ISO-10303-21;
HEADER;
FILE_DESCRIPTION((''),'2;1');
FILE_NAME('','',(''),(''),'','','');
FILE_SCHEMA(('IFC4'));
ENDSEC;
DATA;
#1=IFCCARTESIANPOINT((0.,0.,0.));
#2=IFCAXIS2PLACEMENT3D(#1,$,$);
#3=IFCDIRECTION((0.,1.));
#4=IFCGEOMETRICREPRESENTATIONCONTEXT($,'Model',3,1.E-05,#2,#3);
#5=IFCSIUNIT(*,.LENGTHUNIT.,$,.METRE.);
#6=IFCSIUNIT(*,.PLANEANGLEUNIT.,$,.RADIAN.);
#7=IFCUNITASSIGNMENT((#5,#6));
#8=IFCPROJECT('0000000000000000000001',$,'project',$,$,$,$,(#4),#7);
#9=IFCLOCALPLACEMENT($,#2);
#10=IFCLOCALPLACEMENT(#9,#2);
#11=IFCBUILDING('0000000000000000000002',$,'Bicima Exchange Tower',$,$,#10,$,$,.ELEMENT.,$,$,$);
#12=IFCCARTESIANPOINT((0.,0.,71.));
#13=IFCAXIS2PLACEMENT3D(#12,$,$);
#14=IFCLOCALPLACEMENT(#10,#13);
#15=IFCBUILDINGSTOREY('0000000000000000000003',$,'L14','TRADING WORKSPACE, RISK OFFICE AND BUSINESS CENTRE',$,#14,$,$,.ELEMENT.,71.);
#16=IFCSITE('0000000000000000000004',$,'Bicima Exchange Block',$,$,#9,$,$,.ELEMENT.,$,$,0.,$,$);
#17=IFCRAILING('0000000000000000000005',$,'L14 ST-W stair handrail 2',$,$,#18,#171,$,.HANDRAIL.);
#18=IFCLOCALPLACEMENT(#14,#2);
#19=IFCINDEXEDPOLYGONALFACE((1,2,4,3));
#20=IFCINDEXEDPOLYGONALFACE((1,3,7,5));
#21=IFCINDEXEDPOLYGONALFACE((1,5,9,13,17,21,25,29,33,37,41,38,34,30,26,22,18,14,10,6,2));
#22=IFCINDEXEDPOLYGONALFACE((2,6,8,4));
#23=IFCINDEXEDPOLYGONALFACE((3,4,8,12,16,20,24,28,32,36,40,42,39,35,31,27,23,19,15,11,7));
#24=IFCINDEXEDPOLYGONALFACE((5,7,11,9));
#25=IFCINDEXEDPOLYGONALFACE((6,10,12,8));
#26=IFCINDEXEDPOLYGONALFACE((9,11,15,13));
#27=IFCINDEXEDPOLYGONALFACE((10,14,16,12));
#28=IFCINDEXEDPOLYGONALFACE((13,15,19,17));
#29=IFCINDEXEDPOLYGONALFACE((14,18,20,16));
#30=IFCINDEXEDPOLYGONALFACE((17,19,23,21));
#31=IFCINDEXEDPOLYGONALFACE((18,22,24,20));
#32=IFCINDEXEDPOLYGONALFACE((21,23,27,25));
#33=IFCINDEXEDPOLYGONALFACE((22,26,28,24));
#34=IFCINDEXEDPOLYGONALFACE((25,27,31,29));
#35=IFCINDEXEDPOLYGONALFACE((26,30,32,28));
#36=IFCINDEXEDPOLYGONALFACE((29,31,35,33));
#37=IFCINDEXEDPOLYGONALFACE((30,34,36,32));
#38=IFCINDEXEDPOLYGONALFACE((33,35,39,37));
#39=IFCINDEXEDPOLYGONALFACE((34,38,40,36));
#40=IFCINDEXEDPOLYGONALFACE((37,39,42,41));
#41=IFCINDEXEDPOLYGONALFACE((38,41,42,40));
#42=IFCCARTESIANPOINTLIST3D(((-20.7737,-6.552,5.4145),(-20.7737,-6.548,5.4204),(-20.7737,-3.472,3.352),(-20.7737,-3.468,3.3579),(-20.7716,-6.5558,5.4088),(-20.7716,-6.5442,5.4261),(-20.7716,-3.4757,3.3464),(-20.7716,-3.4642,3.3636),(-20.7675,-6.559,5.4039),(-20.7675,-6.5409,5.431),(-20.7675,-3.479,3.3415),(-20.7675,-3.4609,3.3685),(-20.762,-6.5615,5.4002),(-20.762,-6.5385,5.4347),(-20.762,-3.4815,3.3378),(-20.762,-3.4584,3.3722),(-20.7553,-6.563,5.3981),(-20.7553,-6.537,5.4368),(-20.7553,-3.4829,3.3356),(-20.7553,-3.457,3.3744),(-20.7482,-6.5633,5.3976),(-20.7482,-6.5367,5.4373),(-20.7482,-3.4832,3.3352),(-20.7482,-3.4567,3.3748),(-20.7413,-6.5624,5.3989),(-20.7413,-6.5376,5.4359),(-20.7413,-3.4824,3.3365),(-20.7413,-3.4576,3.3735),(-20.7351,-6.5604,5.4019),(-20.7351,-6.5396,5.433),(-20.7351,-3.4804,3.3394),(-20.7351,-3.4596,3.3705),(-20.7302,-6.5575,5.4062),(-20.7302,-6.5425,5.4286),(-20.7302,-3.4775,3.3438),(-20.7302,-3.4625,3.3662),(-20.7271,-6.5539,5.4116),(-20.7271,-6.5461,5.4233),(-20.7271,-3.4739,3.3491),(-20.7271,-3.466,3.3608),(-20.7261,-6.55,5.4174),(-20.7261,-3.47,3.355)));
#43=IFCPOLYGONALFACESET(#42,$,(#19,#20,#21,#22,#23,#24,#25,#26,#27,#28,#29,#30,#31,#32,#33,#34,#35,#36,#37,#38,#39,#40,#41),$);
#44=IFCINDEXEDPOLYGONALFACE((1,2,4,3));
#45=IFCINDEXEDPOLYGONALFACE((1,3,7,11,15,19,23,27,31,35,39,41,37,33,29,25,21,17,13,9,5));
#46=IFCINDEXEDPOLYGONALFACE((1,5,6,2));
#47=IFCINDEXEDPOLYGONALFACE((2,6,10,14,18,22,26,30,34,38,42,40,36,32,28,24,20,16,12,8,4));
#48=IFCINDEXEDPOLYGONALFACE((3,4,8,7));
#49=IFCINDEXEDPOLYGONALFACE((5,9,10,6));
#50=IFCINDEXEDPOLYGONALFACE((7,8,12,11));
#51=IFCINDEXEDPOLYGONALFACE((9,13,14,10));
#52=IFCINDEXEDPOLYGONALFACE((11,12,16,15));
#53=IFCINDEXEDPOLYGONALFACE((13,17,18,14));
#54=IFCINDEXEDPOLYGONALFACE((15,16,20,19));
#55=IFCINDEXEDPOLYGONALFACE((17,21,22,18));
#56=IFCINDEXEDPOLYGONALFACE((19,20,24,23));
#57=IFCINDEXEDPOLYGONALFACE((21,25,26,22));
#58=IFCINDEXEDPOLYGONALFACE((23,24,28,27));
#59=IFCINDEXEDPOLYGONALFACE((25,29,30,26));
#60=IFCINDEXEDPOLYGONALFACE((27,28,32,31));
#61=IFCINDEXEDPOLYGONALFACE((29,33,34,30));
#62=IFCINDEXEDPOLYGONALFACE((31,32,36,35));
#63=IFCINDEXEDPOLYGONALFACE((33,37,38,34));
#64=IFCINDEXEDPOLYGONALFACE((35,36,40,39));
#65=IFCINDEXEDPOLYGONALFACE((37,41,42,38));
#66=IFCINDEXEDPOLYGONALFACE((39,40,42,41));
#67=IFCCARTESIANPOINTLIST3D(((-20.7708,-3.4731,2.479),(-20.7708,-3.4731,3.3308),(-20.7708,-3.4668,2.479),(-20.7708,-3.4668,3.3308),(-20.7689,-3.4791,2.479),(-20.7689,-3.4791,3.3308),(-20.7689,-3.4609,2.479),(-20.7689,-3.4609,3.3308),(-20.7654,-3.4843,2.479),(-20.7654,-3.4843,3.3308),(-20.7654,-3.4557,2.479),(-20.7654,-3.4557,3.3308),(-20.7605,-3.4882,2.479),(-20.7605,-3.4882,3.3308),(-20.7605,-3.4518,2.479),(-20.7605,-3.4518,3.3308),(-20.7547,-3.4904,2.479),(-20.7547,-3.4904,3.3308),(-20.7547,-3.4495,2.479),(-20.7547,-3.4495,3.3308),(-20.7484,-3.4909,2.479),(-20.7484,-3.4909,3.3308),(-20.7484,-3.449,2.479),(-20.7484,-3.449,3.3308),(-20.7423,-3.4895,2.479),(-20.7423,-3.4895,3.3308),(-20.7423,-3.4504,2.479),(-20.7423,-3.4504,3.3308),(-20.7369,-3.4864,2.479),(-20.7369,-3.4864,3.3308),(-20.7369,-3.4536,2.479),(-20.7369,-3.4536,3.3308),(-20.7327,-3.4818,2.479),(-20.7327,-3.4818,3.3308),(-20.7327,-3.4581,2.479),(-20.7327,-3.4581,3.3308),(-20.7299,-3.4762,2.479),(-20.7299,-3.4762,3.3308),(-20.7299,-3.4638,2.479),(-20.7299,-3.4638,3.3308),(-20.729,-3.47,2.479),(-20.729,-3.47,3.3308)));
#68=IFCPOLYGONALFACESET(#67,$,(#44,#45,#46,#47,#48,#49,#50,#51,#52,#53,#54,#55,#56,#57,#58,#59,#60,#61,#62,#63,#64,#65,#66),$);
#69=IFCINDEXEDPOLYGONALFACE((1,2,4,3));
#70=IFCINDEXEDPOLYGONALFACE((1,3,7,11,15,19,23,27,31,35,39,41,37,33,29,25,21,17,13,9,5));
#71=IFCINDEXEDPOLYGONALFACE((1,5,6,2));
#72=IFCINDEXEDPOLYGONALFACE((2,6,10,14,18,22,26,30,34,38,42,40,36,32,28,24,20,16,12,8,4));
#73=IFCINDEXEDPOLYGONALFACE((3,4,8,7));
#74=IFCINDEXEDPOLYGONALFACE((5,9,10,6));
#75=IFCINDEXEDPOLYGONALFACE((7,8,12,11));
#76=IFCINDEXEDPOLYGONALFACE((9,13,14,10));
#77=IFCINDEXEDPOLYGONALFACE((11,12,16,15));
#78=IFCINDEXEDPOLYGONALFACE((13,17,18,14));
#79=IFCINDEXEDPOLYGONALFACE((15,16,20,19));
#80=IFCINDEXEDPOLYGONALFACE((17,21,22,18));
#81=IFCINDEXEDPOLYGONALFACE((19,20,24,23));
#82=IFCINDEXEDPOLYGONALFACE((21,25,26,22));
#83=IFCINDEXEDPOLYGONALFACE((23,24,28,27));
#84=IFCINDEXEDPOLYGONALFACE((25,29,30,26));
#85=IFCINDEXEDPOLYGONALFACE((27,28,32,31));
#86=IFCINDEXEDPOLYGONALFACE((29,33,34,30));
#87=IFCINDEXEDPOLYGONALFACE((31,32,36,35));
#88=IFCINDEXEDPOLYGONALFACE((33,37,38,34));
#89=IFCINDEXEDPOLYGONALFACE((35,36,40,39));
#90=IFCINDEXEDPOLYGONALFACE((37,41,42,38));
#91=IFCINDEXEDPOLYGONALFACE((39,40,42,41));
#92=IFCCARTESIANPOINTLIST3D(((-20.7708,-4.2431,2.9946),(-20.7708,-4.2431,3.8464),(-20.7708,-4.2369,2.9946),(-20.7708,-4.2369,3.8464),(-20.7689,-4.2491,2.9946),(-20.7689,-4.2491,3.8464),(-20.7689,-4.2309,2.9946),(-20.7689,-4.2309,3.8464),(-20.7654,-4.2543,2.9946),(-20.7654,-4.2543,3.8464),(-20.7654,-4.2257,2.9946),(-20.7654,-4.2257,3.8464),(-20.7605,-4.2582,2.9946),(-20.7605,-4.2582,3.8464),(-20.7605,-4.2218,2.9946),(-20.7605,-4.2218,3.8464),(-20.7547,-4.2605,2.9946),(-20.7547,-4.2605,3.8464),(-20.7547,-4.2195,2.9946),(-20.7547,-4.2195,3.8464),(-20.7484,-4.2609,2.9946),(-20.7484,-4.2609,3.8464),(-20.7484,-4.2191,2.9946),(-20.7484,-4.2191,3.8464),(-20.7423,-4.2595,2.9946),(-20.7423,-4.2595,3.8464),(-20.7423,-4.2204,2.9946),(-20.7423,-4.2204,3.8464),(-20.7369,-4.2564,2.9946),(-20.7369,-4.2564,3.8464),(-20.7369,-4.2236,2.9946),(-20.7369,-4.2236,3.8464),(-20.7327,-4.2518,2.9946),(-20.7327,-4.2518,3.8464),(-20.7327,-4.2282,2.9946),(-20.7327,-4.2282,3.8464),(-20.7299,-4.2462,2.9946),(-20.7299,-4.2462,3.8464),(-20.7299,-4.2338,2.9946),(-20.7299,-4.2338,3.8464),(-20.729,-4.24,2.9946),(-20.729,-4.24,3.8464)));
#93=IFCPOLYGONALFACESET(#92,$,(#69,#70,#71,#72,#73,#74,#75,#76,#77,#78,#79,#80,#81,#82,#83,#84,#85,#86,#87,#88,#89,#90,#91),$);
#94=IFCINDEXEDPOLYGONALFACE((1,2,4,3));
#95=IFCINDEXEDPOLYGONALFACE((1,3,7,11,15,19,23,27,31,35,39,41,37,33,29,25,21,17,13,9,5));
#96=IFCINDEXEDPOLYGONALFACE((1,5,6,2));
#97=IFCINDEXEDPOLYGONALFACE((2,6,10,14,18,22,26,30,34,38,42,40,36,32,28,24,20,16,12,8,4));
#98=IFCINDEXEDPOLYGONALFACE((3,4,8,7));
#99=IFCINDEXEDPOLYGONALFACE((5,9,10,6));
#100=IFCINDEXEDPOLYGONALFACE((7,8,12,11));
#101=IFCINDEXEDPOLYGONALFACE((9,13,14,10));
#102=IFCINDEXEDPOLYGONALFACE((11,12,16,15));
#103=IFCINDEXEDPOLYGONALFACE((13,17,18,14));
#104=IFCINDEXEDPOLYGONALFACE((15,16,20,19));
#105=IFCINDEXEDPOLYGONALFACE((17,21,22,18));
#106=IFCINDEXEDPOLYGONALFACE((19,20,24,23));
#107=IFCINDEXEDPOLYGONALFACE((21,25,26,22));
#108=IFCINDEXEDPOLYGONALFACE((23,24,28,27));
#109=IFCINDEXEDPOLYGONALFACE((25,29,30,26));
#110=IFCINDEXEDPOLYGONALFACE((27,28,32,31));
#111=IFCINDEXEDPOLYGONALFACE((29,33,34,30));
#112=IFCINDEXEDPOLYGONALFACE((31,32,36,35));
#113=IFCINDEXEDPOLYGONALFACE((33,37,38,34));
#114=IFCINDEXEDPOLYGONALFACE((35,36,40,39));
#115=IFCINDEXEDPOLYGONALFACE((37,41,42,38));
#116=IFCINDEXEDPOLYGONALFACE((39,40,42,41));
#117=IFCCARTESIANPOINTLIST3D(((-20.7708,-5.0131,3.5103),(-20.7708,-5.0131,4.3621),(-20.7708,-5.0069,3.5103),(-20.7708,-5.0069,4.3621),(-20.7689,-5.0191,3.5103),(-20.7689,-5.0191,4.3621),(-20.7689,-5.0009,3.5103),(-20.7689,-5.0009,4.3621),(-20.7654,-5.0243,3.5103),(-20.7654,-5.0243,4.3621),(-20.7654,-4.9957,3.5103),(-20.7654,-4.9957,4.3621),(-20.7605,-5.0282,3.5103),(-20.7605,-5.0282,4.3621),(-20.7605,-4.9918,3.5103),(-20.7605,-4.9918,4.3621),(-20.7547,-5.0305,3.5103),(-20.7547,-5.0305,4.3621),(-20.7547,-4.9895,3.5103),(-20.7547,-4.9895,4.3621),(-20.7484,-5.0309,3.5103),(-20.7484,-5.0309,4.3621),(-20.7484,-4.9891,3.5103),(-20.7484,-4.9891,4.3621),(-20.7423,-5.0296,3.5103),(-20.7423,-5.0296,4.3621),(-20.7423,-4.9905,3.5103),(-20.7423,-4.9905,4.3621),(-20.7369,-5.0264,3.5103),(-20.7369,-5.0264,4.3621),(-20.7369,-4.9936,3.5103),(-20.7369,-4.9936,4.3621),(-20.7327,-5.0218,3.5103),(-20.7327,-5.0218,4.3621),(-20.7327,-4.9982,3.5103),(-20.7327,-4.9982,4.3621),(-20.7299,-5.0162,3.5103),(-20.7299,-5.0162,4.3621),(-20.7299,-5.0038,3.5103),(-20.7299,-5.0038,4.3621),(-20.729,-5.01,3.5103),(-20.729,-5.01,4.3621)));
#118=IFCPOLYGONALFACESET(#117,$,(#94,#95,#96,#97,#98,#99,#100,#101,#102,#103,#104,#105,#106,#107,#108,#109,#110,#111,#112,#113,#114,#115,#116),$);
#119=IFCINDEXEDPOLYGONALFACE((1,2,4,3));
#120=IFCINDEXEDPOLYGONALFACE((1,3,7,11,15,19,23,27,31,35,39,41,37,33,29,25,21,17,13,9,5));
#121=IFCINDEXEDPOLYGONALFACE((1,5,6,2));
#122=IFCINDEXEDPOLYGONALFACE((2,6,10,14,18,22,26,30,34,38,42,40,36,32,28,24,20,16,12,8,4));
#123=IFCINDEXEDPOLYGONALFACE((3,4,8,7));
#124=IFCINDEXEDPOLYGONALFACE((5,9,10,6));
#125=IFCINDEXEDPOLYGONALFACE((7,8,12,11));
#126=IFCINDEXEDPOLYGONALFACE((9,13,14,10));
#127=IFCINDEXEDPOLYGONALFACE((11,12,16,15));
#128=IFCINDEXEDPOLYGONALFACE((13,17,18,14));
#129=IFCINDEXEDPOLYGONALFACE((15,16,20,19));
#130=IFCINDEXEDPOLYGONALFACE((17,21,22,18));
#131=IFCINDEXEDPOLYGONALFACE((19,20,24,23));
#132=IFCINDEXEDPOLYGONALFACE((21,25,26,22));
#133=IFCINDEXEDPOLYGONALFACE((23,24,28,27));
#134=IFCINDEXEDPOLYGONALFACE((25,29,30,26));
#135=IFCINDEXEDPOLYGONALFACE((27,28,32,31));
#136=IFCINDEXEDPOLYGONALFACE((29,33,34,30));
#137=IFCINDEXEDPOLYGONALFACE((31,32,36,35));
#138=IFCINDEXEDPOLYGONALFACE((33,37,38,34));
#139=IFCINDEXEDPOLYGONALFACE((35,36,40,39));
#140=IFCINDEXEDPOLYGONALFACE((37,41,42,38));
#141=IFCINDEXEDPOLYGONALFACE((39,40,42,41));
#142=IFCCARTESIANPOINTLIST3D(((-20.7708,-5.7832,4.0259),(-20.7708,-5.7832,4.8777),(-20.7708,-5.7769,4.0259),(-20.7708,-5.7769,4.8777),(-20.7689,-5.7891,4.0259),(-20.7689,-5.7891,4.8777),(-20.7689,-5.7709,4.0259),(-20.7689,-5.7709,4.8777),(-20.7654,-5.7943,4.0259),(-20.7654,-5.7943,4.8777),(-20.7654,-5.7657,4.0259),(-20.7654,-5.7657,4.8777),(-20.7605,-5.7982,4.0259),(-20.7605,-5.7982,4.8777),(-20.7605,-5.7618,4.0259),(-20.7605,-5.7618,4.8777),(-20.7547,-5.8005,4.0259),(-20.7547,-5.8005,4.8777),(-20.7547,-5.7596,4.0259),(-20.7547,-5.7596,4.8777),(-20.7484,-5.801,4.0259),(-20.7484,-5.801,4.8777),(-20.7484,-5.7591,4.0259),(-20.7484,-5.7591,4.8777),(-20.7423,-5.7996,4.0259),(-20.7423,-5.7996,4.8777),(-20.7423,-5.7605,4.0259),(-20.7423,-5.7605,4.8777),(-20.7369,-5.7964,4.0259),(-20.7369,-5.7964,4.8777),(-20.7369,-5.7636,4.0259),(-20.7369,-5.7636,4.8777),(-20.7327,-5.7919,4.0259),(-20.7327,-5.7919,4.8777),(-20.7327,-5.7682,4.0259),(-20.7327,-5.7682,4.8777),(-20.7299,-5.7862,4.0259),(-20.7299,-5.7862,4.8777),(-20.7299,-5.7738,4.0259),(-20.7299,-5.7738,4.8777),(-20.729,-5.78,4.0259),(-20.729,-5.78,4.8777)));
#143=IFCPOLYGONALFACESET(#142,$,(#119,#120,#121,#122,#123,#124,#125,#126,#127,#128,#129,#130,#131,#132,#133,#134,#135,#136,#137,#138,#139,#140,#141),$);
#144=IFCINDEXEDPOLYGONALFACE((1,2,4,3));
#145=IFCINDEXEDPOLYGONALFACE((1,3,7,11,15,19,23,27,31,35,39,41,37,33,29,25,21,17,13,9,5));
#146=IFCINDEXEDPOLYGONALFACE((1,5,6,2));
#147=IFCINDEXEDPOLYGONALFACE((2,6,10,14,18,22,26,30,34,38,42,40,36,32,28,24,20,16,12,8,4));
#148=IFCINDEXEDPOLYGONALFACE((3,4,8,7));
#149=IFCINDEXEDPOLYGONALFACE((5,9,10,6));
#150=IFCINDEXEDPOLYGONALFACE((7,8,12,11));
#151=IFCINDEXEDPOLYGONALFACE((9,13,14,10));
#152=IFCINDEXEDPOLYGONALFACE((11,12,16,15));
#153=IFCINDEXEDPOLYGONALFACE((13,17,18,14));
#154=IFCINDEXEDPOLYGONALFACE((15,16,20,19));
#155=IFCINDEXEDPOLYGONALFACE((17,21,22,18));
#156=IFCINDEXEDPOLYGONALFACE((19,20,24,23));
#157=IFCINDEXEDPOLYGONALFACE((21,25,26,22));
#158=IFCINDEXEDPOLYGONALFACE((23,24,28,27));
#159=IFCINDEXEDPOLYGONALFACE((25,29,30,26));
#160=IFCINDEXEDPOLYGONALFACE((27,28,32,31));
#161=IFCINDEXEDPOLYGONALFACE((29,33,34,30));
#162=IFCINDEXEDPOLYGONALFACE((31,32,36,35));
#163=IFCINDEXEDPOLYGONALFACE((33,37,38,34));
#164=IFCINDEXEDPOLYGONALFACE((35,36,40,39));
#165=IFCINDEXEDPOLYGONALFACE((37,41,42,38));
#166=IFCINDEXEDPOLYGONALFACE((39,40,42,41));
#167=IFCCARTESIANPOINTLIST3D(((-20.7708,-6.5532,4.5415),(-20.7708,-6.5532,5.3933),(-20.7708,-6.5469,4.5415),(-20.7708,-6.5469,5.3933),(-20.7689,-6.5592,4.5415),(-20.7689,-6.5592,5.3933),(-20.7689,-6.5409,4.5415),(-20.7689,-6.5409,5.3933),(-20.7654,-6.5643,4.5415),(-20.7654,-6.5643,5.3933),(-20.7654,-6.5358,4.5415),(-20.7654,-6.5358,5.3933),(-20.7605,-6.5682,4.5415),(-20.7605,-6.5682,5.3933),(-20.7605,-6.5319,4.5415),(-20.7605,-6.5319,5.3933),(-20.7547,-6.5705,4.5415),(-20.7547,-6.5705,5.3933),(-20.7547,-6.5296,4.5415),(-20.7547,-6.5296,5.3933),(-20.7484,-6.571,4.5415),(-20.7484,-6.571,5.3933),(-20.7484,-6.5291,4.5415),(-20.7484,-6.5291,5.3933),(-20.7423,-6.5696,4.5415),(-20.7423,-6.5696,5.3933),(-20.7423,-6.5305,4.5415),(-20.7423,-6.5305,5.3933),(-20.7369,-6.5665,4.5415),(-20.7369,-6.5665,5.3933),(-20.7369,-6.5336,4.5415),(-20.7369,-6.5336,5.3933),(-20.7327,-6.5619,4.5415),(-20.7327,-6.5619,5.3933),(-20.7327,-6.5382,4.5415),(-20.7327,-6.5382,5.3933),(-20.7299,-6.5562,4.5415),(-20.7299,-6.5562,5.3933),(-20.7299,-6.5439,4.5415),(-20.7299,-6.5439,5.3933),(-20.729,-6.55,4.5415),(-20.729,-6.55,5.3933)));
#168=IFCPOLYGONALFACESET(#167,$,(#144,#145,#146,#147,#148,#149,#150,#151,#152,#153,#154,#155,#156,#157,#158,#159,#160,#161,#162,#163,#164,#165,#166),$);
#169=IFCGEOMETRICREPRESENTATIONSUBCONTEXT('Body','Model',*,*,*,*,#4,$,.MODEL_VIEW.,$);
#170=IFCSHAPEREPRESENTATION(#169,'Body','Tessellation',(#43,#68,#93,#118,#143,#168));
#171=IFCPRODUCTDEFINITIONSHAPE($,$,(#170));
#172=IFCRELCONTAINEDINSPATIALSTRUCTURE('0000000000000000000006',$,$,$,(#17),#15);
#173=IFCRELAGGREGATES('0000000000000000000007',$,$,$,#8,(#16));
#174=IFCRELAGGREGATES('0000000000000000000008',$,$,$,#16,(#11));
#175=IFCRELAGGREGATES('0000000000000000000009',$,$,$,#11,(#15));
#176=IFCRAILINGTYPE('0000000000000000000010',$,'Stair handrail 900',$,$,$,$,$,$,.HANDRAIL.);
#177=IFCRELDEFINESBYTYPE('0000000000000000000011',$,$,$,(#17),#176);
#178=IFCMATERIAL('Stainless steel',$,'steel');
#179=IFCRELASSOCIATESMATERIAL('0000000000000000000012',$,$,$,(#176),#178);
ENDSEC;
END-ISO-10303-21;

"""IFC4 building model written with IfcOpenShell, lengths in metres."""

from ifc_helpers import new_model, si_unit, direction, frame, origin, origin_2d, place, context, subcontext, project, spatial, circle, extrude, material, type_object, element, save


model = new_model("IFC4")

# Units and contexts
model_context = context("Model", 3, precision=1e-05, world=origin(), true_north=direction((0.0, 1.0)))
body_context = subcontext(model_context, "Body", "Model", "MODEL_VIEW")
ifc_project = project(units=[si_unit("LENGTHUNIT", "METRE"), si_unit("PLANEANGLEUNIT", "RADIAN")], contexts=[model_context])

# Site, building, storey
site_placement = place(None, origin())
site = spatial("IfcSite", under=ifc_project, at=site_placement, Name="Bicima Exchange Block", CompositionType="ELEMENT", RefElevation=0.0)
building_placement = place(site_placement, origin())
building = spatial("IfcBuilding", under=site, at=building_placement, Name="Bicima Exchange Tower", CompositionType="ELEMENT")
storey_placement = place(building_placement, frame((0.0, 0.0, 71.0)))
storey = spatial("IfcBuildingStorey", under=building, at=storey_placement, Name="L14", Description="TRADING WORKSPACE, RISK OFFICE AND BUSINESS CENTRE", CompositionType="ELEMENT", Elevation=71.0)

# Shared definitions
ifc_material_1 = material(Name="Stainless steel", Category="steel")

# Railing
railing_type_1 = type_object("IfcRailingType", Name="Stair handrail 900", PredefinedType="HANDRAIL", material=ifc_material_1)
railing_1_placement = place(storey_placement, frame((-20.75, -3.47, 2.479)))
element("IfcRailing", 1, at=railing_1_placement, inside=storey, type_object=railing_type_1, Name="L14 ST-W stair handrail 2", PredefinedType="HANDRAIL", context=body_context, shape_type="SweptSolid", body=[
    extrude(circle(Radius=0.0239, at=origin_2d()), frame((0.0, 0.0, 0.876), z_axis=(0.0, -0.830914, 0.556401), x_axis=(1.0, 0.0, 0.0)), (0.0, 0.0, 1.0), 3.7068),
    extrude(circle(Radius=0.021, at=origin_2d()), origin(), (0.0, 0.0, 1.0), 0.8518),
    extrude(circle(Radius=0.021, at=origin_2d()), frame((0.0, -0.77, 0.5156)), (0.0, 0.0, 1.0), 0.8518),
    extrude(circle(Radius=0.021, at=origin_2d()), frame((0.0, -1.54, 1.0312)), (0.0, 0.0, 1.0), 0.8518),
    extrude(circle(Radius=0.021, at=origin_2d()), frame((0.0, -2.3101, 1.5469)), (0.0, 0.0, 1.0), 0.8518),
    extrude(circle(Radius=0.021, at=origin_2d()), frame((0.0, -3.0801, 2.0625)), (0.0, 0.0, 1.0), 0.8518),
])

save(model, "model.ifc")
